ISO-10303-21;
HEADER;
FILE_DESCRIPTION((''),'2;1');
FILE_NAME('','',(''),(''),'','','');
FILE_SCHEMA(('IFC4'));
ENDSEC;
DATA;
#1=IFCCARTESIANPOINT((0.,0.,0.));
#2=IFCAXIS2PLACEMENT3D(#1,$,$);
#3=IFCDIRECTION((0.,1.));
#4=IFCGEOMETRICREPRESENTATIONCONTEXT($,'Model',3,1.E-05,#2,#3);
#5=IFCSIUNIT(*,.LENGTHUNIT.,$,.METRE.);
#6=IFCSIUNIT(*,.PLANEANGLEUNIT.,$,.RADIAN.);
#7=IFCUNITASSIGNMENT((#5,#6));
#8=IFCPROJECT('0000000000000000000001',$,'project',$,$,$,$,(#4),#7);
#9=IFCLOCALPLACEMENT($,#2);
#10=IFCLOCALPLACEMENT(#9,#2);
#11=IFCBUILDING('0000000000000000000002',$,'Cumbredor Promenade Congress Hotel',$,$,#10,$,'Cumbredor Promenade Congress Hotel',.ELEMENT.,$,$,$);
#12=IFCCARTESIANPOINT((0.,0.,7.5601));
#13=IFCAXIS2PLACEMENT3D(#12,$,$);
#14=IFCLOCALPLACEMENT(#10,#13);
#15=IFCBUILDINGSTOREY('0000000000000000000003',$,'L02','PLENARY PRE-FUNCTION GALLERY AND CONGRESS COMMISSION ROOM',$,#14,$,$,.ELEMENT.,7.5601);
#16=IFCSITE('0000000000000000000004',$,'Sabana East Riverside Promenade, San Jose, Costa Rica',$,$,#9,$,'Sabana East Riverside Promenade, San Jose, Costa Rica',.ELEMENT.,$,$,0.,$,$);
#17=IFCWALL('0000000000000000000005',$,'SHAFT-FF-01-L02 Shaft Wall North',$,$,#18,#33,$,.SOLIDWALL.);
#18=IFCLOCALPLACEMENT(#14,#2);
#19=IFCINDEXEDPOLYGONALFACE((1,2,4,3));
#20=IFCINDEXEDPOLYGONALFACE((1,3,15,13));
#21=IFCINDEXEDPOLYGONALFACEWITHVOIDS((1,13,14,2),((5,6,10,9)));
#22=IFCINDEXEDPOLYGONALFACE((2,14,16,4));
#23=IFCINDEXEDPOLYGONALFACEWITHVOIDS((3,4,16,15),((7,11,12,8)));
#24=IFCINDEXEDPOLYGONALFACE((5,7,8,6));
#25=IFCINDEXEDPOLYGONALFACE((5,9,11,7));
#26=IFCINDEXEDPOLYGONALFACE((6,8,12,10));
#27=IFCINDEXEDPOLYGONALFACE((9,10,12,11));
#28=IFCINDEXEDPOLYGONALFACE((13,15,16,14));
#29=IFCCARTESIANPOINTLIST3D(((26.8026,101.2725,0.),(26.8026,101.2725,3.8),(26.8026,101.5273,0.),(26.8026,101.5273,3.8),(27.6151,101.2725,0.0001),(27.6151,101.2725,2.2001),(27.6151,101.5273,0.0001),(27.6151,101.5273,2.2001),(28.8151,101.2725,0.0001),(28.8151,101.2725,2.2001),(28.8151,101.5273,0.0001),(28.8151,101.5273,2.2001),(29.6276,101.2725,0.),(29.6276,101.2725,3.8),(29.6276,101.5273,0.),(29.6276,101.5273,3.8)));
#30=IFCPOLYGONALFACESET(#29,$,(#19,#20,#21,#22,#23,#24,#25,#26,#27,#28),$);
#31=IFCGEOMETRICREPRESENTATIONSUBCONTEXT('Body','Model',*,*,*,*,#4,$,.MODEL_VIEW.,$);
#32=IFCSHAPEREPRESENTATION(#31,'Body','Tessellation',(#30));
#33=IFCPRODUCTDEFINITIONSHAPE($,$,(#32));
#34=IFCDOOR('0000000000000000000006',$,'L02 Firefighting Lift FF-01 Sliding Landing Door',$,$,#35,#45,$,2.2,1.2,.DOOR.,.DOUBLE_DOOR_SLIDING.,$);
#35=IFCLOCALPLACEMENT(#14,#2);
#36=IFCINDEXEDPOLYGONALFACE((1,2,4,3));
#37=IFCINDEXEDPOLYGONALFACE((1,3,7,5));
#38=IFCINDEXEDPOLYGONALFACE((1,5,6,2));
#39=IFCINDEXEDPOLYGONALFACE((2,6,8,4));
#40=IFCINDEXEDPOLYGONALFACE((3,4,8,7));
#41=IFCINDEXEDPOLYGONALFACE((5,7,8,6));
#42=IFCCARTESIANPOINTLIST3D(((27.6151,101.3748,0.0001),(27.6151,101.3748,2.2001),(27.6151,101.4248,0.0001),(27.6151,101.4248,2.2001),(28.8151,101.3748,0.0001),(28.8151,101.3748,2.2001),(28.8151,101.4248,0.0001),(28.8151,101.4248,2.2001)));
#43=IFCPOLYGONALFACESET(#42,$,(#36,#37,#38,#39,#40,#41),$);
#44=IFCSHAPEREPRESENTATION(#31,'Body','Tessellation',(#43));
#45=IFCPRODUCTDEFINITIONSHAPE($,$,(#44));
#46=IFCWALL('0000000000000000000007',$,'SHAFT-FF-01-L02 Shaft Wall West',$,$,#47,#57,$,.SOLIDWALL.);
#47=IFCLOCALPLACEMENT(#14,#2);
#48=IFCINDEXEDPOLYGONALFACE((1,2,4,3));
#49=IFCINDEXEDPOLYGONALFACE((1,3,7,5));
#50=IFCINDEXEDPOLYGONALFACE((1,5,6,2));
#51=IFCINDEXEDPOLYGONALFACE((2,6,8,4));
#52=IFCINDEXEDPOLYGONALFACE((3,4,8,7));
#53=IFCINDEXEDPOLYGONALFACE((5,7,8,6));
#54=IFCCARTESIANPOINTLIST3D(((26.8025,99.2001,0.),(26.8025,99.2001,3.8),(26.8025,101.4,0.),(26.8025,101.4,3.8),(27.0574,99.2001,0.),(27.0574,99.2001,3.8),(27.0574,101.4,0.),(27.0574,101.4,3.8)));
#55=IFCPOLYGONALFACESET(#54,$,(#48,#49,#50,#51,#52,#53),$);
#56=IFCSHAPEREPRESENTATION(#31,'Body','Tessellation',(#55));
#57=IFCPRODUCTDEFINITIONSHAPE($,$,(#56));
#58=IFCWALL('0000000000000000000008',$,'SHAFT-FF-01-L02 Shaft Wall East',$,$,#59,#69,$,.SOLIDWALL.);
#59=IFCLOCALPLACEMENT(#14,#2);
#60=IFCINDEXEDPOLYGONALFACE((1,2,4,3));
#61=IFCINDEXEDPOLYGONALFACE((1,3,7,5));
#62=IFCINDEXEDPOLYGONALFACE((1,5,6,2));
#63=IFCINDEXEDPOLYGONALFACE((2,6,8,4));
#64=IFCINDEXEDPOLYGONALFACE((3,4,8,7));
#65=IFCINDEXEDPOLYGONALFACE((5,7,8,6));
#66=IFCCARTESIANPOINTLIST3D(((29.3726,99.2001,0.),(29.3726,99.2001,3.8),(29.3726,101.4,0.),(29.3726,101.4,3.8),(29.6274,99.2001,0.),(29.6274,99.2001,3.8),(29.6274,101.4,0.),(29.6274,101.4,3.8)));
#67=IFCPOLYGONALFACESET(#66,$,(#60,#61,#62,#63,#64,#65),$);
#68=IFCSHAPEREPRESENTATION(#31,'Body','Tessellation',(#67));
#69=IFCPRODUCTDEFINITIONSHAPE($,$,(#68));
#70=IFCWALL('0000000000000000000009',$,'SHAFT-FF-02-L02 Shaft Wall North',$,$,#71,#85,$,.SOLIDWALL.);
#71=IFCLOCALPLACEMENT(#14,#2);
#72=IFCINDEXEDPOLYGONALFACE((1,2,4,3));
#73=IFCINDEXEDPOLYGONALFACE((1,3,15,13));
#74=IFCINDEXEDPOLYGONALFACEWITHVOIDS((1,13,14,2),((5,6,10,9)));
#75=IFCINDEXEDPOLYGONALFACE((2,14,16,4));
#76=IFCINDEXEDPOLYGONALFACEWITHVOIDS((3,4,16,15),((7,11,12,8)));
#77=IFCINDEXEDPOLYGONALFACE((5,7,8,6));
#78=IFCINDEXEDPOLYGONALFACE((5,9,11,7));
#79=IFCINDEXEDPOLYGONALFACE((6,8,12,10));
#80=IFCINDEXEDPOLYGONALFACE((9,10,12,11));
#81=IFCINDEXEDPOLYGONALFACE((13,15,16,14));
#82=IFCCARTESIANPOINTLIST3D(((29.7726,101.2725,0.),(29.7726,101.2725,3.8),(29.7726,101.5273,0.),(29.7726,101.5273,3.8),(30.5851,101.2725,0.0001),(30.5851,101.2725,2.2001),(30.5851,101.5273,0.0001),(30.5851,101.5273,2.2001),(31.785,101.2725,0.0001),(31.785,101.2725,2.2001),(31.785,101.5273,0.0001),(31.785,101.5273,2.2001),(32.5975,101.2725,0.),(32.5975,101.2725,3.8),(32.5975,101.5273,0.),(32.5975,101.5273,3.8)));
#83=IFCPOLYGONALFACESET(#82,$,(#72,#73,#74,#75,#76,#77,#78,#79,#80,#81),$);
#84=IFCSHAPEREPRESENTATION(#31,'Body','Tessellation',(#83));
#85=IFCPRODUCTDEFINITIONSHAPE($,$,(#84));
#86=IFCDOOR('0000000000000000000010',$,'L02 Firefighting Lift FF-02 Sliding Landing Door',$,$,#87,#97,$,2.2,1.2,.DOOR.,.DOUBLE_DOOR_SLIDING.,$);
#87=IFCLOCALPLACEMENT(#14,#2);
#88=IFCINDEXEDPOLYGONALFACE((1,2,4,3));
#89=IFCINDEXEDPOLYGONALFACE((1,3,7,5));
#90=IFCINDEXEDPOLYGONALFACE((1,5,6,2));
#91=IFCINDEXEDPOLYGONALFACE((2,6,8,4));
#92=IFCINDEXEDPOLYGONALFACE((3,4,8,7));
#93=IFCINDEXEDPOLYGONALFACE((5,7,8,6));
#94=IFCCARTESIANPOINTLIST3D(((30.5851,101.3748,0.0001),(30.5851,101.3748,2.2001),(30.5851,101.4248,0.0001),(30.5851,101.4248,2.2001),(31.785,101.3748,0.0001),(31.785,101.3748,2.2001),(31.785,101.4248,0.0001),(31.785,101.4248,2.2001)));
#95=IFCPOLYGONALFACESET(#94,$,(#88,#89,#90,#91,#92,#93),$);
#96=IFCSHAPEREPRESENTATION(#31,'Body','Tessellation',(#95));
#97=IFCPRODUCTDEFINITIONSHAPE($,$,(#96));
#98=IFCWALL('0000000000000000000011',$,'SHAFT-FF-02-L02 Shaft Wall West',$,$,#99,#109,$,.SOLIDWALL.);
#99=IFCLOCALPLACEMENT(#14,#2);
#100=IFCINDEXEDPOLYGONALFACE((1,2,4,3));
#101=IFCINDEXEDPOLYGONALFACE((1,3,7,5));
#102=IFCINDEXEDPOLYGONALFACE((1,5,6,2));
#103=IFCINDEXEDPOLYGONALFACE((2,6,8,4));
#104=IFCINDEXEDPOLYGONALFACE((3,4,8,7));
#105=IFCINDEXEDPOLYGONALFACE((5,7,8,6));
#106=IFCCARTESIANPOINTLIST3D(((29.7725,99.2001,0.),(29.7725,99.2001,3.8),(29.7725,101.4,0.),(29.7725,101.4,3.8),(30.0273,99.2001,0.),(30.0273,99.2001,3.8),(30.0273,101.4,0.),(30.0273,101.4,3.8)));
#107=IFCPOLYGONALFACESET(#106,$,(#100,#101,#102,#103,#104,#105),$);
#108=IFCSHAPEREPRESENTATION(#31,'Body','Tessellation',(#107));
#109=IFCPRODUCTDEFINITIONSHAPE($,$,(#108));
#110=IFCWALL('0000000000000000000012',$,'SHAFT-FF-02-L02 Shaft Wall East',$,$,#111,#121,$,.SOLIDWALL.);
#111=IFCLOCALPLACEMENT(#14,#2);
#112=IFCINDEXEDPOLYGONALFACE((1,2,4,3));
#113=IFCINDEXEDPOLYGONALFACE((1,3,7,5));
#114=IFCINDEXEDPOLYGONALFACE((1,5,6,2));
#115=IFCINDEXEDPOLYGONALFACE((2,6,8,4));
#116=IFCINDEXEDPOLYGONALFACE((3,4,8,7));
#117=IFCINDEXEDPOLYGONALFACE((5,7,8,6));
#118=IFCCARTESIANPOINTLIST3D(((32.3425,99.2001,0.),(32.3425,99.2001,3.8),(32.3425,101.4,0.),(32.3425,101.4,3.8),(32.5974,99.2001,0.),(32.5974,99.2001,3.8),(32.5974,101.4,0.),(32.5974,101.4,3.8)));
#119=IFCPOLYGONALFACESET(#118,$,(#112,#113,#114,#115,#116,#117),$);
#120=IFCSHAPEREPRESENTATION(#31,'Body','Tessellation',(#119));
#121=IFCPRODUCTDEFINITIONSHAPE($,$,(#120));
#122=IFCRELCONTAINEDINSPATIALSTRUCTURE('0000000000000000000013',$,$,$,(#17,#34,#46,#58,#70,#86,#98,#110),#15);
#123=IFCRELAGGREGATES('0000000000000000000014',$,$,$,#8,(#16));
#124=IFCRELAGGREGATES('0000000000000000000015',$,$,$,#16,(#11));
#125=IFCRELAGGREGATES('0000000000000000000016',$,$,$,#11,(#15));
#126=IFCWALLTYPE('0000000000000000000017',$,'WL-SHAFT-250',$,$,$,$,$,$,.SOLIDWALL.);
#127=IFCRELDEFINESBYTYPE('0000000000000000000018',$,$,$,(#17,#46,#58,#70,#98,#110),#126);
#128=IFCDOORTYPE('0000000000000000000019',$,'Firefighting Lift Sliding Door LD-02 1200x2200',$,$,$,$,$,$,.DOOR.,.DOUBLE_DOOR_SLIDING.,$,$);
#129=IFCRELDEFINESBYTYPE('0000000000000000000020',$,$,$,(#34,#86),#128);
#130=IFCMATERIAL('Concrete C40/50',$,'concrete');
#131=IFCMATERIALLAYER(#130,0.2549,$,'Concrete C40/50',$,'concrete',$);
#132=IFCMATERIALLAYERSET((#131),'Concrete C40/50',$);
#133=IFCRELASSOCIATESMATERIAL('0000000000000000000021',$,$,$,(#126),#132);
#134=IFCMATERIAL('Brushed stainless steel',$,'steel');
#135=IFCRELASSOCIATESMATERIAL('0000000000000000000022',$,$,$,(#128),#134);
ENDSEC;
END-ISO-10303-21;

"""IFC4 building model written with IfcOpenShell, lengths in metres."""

from ifc_helpers import new_model, si_unit, direction, frame, frame_2d, origin, place, context, subcontext, project, spatial, rectangle, extrude, material, layer, layer_set, type_object, element, fill, save


model = new_model("IFC4")

# Units and contexts
model_context = context("Model", 3, precision=1e-05, world=origin(), true_north=direction((0.0, 1.0)))
body_context = subcontext(model_context, "Body", "Model", "MODEL_VIEW")
ifc_project = project(units=[si_unit("LENGTHUNIT", "METRE"), si_unit("PLANEANGLEUNIT", "RADIAN")], contexts=[model_context])

# Site, building, storey
site_placement = place(None, origin())
site = spatial("IfcSite", under=ifc_project, at=site_placement, Name="Sabana East Riverside Promenade, San Jose, Costa Rica", LongName="Sabana East Riverside Promenade, San Jose, Costa Rica", CompositionType="ELEMENT", RefElevation=0.0)
building_placement = place(site_placement, origin())
building = spatial("IfcBuilding", under=site, at=building_placement, Name="Cumbredor Promenade Congress Hotel", LongName="Cumbredor Promenade Congress Hotel", CompositionType="ELEMENT")
storey_placement = place(building_placement, frame((0.0, 0.0, 7.5601)))
storey = spatial("IfcBuildingStorey", under=building, at=storey_placement, Name="L02", Description="PLENARY PRE-FUNCTION GALLERY AND CONGRESS COMMISSION ROOM", CompositionType="ELEMENT", Elevation=7.5601)

# Shared definitions
ifc_material_1 = material(Name="Concrete C40/50", Category="concrete")

# Shared definitions
ifc_layer_1 = layer(ifc_material_1, 0.2549, Name="Concrete C40/50", Category="concrete")
ifc_layer_set_1 = layer_set([ifc_layer_1], Name="Concrete C40/50")
wall_type_1 = type_object("IfcWallType", Name="WL-SHAFT-250", PredefinedType="SOLIDWALL", material=ifc_layer_set_1)

# Wall, opening, door
wall_1_placement = place(storey_placement, frame((26.8025, 101.3999, 0.0), z_axis=(0.0, 0.0, 1.0), x_axis=(1.0, 0.0, 0.0)))
wall_1 = element("IfcWall", 1, at=wall_1_placement, inside=storey, type_object=wall_type_1, Name="SHAFT-FF-01-L02 Shaft Wall North", PredefinedType="SOLIDWALL", context=body_context, shape_type="SweptSolid", body=[
    extrude(rectangle(XDim=2.825, YDim=0.2549, at=frame_2d((1.4126, 0.0))), origin(), (0.0, 0.0, 1.0), 3.8),
])
opening_1_placement = place(wall_1_placement, frame((0.8125, 0.0, 0.0)))
opening_1 = element("IfcOpeningElement", 2, at=opening_1_placement, cuts=wall_1, PredefinedType="OPENING", context=body_context, shape_type="SweptSolid", body=[
    extrude(rectangle(XDim=1.2, YDim=2.2, at=frame_2d((0.6001, 1.1001))), frame((0.0, 0.1375, 0.0), z_axis=(0.0, -1.0, 0.0), x_axis=(1.0, 0.0, 0.0)), (0.0, 0.0, 1.0), 0.2749),
])
ifc_material_2 = material(Name="Brushed stainless steel", Category="steel")
door_type = type_object("IfcDoorType", Name="Firefighting Lift Sliding Door LD-02 1200x2200", OperationType="DOUBLE_DOOR_SLIDING", PredefinedType="DOOR", material=ifc_material_2)
door_1_placement = place(opening_1_placement, origin())
door_1 = element("IfcDoor", 3, at=door_1_placement, inside=storey, type_object=door_type, Name="L02 Firefighting Lift FF-01 Sliding Landing Door", OperationType="DOUBLE_DOOR_SLIDING", OverallHeight=2.2, OverallWidth=1.2, PredefinedType="DOOR", context=body_context, shape_type="SweptSolid", body=[
    extrude(rectangle(XDim=1.2, YDim=2.2, at=frame_2d((0.6001, 1.1001))), frame((0.0, 0.0249, 0.0), z_axis=(0.0, -1.0, 0.0), x_axis=(1.0, 0.0, 0.0)), (0.0, 0.0, 1.0), 0.05),
])
fill(opening_1, door_1)

# Walls
for number, where, z_axis, x_axis, name in (
    (4, (26.9299, 99.2, 0.0), (0.0, 0.0, 1.0), (0.0, 1.0, 0.0), "SHAFT-FF-01-L02 Shaft Wall West"),
    (5, (29.5, 99.2, 0.0), (0.0, 0.0, 1.0), (0.0, 1.0, 0.0), "SHAFT-FF-01-L02 Shaft Wall East"),
):
    element("IfcWall", number, at=place(storey_placement, frame(where, z_axis=z_axis, x_axis=x_axis)), inside=storey, type_object=wall_type_1, Name=name, PredefinedType="SOLIDWALL", context=body_context, shape_type="SweptSolid", body=[
        extrude(rectangle(XDim=2.2, YDim=0.2549, at=frame_2d((1.1001, 0.0))), origin(), (0.0, 0.0, 1.0), 3.8),
    ])

# Wall, opening, door
wall_2_placement = place(storey_placement, frame((29.7725, 101.3999, 0.0), z_axis=(0.0, 0.0, 1.0), x_axis=(1.0, 0.0, 0.0)))
wall_2 = element("IfcWall", 6, at=wall_2_placement, inside=storey, type_object=wall_type_1, Name="SHAFT-FF-02-L02 Shaft Wall North", PredefinedType="SOLIDWALL", context=body_context, shape_type="SweptSolid", body=[
    extrude(rectangle(XDim=2.825, YDim=0.2549, at=frame_2d((1.4126, 0.0))), origin(), (0.0, 0.0, 1.0), 3.8),
])
opening_2_placement = place(wall_2_placement, frame((0.8125, 0.0, 0.0)))
opening_2 = element("IfcOpeningElement", 7, at=opening_2_placement, cuts=wall_2, PredefinedType="OPENING", context=body_context, shape_type="SweptSolid", body=[
    extrude(rectangle(XDim=1.2, YDim=2.2, at=frame_2d((0.6001, 1.1001))), frame((0.0, 0.1375, 0.0), z_axis=(0.0, -1.0, 0.0), x_axis=(1.0, 0.0, 0.0)), (0.0, 0.0, 1.0), 0.2749),
])
door_2_placement = place(opening_2_placement, origin())
door_2 = element("IfcDoor", 8, at=door_2_placement, inside=storey, type_object=door_type, Name="L02 Firefighting Lift FF-02 Sliding Landing Door", OperationType="DOUBLE_DOOR_SLIDING", OverallHeight=2.2, OverallWidth=1.2, PredefinedType="DOOR", context=body_context, shape_type="SweptSolid", body=[
    extrude(rectangle(XDim=1.2, YDim=2.2, at=frame_2d((0.6001, 1.1001))), frame((0.0, 0.0249, 0.0), z_axis=(0.0, -1.0, 0.0), x_axis=(1.0, 0.0, 0.0)), (0.0, 0.0, 1.0), 0.05),
])
fill(opening_2, door_2)

# Walls
for number, where, z_axis, x_axis, name in (
    (9, (29.8999, 99.2, 0.0), (0.0, 0.0, 1.0), (0.0, 1.0, 0.0), "SHAFT-FF-02-L02 Shaft Wall West"),
    (10, (32.47, 99.2, 0.0), (0.0, 0.0, 1.0), (0.0, 1.0, 0.0), "SHAFT-FF-02-L02 Shaft Wall East"),
):
    element("IfcWall", number, at=place(storey_placement, frame(where, z_axis=z_axis, x_axis=x_axis)), inside=storey, type_object=wall_type_1, Name=name, PredefinedType="SOLIDWALL", context=body_context, shape_type="SweptSolid", body=[
        extrude(rectangle(XDim=2.2, YDim=0.2549, at=frame_2d((1.1001, 0.0))), origin(), (0.0, 0.0, 1.0), 3.8),
    ])

save(model, "model.ifc")
